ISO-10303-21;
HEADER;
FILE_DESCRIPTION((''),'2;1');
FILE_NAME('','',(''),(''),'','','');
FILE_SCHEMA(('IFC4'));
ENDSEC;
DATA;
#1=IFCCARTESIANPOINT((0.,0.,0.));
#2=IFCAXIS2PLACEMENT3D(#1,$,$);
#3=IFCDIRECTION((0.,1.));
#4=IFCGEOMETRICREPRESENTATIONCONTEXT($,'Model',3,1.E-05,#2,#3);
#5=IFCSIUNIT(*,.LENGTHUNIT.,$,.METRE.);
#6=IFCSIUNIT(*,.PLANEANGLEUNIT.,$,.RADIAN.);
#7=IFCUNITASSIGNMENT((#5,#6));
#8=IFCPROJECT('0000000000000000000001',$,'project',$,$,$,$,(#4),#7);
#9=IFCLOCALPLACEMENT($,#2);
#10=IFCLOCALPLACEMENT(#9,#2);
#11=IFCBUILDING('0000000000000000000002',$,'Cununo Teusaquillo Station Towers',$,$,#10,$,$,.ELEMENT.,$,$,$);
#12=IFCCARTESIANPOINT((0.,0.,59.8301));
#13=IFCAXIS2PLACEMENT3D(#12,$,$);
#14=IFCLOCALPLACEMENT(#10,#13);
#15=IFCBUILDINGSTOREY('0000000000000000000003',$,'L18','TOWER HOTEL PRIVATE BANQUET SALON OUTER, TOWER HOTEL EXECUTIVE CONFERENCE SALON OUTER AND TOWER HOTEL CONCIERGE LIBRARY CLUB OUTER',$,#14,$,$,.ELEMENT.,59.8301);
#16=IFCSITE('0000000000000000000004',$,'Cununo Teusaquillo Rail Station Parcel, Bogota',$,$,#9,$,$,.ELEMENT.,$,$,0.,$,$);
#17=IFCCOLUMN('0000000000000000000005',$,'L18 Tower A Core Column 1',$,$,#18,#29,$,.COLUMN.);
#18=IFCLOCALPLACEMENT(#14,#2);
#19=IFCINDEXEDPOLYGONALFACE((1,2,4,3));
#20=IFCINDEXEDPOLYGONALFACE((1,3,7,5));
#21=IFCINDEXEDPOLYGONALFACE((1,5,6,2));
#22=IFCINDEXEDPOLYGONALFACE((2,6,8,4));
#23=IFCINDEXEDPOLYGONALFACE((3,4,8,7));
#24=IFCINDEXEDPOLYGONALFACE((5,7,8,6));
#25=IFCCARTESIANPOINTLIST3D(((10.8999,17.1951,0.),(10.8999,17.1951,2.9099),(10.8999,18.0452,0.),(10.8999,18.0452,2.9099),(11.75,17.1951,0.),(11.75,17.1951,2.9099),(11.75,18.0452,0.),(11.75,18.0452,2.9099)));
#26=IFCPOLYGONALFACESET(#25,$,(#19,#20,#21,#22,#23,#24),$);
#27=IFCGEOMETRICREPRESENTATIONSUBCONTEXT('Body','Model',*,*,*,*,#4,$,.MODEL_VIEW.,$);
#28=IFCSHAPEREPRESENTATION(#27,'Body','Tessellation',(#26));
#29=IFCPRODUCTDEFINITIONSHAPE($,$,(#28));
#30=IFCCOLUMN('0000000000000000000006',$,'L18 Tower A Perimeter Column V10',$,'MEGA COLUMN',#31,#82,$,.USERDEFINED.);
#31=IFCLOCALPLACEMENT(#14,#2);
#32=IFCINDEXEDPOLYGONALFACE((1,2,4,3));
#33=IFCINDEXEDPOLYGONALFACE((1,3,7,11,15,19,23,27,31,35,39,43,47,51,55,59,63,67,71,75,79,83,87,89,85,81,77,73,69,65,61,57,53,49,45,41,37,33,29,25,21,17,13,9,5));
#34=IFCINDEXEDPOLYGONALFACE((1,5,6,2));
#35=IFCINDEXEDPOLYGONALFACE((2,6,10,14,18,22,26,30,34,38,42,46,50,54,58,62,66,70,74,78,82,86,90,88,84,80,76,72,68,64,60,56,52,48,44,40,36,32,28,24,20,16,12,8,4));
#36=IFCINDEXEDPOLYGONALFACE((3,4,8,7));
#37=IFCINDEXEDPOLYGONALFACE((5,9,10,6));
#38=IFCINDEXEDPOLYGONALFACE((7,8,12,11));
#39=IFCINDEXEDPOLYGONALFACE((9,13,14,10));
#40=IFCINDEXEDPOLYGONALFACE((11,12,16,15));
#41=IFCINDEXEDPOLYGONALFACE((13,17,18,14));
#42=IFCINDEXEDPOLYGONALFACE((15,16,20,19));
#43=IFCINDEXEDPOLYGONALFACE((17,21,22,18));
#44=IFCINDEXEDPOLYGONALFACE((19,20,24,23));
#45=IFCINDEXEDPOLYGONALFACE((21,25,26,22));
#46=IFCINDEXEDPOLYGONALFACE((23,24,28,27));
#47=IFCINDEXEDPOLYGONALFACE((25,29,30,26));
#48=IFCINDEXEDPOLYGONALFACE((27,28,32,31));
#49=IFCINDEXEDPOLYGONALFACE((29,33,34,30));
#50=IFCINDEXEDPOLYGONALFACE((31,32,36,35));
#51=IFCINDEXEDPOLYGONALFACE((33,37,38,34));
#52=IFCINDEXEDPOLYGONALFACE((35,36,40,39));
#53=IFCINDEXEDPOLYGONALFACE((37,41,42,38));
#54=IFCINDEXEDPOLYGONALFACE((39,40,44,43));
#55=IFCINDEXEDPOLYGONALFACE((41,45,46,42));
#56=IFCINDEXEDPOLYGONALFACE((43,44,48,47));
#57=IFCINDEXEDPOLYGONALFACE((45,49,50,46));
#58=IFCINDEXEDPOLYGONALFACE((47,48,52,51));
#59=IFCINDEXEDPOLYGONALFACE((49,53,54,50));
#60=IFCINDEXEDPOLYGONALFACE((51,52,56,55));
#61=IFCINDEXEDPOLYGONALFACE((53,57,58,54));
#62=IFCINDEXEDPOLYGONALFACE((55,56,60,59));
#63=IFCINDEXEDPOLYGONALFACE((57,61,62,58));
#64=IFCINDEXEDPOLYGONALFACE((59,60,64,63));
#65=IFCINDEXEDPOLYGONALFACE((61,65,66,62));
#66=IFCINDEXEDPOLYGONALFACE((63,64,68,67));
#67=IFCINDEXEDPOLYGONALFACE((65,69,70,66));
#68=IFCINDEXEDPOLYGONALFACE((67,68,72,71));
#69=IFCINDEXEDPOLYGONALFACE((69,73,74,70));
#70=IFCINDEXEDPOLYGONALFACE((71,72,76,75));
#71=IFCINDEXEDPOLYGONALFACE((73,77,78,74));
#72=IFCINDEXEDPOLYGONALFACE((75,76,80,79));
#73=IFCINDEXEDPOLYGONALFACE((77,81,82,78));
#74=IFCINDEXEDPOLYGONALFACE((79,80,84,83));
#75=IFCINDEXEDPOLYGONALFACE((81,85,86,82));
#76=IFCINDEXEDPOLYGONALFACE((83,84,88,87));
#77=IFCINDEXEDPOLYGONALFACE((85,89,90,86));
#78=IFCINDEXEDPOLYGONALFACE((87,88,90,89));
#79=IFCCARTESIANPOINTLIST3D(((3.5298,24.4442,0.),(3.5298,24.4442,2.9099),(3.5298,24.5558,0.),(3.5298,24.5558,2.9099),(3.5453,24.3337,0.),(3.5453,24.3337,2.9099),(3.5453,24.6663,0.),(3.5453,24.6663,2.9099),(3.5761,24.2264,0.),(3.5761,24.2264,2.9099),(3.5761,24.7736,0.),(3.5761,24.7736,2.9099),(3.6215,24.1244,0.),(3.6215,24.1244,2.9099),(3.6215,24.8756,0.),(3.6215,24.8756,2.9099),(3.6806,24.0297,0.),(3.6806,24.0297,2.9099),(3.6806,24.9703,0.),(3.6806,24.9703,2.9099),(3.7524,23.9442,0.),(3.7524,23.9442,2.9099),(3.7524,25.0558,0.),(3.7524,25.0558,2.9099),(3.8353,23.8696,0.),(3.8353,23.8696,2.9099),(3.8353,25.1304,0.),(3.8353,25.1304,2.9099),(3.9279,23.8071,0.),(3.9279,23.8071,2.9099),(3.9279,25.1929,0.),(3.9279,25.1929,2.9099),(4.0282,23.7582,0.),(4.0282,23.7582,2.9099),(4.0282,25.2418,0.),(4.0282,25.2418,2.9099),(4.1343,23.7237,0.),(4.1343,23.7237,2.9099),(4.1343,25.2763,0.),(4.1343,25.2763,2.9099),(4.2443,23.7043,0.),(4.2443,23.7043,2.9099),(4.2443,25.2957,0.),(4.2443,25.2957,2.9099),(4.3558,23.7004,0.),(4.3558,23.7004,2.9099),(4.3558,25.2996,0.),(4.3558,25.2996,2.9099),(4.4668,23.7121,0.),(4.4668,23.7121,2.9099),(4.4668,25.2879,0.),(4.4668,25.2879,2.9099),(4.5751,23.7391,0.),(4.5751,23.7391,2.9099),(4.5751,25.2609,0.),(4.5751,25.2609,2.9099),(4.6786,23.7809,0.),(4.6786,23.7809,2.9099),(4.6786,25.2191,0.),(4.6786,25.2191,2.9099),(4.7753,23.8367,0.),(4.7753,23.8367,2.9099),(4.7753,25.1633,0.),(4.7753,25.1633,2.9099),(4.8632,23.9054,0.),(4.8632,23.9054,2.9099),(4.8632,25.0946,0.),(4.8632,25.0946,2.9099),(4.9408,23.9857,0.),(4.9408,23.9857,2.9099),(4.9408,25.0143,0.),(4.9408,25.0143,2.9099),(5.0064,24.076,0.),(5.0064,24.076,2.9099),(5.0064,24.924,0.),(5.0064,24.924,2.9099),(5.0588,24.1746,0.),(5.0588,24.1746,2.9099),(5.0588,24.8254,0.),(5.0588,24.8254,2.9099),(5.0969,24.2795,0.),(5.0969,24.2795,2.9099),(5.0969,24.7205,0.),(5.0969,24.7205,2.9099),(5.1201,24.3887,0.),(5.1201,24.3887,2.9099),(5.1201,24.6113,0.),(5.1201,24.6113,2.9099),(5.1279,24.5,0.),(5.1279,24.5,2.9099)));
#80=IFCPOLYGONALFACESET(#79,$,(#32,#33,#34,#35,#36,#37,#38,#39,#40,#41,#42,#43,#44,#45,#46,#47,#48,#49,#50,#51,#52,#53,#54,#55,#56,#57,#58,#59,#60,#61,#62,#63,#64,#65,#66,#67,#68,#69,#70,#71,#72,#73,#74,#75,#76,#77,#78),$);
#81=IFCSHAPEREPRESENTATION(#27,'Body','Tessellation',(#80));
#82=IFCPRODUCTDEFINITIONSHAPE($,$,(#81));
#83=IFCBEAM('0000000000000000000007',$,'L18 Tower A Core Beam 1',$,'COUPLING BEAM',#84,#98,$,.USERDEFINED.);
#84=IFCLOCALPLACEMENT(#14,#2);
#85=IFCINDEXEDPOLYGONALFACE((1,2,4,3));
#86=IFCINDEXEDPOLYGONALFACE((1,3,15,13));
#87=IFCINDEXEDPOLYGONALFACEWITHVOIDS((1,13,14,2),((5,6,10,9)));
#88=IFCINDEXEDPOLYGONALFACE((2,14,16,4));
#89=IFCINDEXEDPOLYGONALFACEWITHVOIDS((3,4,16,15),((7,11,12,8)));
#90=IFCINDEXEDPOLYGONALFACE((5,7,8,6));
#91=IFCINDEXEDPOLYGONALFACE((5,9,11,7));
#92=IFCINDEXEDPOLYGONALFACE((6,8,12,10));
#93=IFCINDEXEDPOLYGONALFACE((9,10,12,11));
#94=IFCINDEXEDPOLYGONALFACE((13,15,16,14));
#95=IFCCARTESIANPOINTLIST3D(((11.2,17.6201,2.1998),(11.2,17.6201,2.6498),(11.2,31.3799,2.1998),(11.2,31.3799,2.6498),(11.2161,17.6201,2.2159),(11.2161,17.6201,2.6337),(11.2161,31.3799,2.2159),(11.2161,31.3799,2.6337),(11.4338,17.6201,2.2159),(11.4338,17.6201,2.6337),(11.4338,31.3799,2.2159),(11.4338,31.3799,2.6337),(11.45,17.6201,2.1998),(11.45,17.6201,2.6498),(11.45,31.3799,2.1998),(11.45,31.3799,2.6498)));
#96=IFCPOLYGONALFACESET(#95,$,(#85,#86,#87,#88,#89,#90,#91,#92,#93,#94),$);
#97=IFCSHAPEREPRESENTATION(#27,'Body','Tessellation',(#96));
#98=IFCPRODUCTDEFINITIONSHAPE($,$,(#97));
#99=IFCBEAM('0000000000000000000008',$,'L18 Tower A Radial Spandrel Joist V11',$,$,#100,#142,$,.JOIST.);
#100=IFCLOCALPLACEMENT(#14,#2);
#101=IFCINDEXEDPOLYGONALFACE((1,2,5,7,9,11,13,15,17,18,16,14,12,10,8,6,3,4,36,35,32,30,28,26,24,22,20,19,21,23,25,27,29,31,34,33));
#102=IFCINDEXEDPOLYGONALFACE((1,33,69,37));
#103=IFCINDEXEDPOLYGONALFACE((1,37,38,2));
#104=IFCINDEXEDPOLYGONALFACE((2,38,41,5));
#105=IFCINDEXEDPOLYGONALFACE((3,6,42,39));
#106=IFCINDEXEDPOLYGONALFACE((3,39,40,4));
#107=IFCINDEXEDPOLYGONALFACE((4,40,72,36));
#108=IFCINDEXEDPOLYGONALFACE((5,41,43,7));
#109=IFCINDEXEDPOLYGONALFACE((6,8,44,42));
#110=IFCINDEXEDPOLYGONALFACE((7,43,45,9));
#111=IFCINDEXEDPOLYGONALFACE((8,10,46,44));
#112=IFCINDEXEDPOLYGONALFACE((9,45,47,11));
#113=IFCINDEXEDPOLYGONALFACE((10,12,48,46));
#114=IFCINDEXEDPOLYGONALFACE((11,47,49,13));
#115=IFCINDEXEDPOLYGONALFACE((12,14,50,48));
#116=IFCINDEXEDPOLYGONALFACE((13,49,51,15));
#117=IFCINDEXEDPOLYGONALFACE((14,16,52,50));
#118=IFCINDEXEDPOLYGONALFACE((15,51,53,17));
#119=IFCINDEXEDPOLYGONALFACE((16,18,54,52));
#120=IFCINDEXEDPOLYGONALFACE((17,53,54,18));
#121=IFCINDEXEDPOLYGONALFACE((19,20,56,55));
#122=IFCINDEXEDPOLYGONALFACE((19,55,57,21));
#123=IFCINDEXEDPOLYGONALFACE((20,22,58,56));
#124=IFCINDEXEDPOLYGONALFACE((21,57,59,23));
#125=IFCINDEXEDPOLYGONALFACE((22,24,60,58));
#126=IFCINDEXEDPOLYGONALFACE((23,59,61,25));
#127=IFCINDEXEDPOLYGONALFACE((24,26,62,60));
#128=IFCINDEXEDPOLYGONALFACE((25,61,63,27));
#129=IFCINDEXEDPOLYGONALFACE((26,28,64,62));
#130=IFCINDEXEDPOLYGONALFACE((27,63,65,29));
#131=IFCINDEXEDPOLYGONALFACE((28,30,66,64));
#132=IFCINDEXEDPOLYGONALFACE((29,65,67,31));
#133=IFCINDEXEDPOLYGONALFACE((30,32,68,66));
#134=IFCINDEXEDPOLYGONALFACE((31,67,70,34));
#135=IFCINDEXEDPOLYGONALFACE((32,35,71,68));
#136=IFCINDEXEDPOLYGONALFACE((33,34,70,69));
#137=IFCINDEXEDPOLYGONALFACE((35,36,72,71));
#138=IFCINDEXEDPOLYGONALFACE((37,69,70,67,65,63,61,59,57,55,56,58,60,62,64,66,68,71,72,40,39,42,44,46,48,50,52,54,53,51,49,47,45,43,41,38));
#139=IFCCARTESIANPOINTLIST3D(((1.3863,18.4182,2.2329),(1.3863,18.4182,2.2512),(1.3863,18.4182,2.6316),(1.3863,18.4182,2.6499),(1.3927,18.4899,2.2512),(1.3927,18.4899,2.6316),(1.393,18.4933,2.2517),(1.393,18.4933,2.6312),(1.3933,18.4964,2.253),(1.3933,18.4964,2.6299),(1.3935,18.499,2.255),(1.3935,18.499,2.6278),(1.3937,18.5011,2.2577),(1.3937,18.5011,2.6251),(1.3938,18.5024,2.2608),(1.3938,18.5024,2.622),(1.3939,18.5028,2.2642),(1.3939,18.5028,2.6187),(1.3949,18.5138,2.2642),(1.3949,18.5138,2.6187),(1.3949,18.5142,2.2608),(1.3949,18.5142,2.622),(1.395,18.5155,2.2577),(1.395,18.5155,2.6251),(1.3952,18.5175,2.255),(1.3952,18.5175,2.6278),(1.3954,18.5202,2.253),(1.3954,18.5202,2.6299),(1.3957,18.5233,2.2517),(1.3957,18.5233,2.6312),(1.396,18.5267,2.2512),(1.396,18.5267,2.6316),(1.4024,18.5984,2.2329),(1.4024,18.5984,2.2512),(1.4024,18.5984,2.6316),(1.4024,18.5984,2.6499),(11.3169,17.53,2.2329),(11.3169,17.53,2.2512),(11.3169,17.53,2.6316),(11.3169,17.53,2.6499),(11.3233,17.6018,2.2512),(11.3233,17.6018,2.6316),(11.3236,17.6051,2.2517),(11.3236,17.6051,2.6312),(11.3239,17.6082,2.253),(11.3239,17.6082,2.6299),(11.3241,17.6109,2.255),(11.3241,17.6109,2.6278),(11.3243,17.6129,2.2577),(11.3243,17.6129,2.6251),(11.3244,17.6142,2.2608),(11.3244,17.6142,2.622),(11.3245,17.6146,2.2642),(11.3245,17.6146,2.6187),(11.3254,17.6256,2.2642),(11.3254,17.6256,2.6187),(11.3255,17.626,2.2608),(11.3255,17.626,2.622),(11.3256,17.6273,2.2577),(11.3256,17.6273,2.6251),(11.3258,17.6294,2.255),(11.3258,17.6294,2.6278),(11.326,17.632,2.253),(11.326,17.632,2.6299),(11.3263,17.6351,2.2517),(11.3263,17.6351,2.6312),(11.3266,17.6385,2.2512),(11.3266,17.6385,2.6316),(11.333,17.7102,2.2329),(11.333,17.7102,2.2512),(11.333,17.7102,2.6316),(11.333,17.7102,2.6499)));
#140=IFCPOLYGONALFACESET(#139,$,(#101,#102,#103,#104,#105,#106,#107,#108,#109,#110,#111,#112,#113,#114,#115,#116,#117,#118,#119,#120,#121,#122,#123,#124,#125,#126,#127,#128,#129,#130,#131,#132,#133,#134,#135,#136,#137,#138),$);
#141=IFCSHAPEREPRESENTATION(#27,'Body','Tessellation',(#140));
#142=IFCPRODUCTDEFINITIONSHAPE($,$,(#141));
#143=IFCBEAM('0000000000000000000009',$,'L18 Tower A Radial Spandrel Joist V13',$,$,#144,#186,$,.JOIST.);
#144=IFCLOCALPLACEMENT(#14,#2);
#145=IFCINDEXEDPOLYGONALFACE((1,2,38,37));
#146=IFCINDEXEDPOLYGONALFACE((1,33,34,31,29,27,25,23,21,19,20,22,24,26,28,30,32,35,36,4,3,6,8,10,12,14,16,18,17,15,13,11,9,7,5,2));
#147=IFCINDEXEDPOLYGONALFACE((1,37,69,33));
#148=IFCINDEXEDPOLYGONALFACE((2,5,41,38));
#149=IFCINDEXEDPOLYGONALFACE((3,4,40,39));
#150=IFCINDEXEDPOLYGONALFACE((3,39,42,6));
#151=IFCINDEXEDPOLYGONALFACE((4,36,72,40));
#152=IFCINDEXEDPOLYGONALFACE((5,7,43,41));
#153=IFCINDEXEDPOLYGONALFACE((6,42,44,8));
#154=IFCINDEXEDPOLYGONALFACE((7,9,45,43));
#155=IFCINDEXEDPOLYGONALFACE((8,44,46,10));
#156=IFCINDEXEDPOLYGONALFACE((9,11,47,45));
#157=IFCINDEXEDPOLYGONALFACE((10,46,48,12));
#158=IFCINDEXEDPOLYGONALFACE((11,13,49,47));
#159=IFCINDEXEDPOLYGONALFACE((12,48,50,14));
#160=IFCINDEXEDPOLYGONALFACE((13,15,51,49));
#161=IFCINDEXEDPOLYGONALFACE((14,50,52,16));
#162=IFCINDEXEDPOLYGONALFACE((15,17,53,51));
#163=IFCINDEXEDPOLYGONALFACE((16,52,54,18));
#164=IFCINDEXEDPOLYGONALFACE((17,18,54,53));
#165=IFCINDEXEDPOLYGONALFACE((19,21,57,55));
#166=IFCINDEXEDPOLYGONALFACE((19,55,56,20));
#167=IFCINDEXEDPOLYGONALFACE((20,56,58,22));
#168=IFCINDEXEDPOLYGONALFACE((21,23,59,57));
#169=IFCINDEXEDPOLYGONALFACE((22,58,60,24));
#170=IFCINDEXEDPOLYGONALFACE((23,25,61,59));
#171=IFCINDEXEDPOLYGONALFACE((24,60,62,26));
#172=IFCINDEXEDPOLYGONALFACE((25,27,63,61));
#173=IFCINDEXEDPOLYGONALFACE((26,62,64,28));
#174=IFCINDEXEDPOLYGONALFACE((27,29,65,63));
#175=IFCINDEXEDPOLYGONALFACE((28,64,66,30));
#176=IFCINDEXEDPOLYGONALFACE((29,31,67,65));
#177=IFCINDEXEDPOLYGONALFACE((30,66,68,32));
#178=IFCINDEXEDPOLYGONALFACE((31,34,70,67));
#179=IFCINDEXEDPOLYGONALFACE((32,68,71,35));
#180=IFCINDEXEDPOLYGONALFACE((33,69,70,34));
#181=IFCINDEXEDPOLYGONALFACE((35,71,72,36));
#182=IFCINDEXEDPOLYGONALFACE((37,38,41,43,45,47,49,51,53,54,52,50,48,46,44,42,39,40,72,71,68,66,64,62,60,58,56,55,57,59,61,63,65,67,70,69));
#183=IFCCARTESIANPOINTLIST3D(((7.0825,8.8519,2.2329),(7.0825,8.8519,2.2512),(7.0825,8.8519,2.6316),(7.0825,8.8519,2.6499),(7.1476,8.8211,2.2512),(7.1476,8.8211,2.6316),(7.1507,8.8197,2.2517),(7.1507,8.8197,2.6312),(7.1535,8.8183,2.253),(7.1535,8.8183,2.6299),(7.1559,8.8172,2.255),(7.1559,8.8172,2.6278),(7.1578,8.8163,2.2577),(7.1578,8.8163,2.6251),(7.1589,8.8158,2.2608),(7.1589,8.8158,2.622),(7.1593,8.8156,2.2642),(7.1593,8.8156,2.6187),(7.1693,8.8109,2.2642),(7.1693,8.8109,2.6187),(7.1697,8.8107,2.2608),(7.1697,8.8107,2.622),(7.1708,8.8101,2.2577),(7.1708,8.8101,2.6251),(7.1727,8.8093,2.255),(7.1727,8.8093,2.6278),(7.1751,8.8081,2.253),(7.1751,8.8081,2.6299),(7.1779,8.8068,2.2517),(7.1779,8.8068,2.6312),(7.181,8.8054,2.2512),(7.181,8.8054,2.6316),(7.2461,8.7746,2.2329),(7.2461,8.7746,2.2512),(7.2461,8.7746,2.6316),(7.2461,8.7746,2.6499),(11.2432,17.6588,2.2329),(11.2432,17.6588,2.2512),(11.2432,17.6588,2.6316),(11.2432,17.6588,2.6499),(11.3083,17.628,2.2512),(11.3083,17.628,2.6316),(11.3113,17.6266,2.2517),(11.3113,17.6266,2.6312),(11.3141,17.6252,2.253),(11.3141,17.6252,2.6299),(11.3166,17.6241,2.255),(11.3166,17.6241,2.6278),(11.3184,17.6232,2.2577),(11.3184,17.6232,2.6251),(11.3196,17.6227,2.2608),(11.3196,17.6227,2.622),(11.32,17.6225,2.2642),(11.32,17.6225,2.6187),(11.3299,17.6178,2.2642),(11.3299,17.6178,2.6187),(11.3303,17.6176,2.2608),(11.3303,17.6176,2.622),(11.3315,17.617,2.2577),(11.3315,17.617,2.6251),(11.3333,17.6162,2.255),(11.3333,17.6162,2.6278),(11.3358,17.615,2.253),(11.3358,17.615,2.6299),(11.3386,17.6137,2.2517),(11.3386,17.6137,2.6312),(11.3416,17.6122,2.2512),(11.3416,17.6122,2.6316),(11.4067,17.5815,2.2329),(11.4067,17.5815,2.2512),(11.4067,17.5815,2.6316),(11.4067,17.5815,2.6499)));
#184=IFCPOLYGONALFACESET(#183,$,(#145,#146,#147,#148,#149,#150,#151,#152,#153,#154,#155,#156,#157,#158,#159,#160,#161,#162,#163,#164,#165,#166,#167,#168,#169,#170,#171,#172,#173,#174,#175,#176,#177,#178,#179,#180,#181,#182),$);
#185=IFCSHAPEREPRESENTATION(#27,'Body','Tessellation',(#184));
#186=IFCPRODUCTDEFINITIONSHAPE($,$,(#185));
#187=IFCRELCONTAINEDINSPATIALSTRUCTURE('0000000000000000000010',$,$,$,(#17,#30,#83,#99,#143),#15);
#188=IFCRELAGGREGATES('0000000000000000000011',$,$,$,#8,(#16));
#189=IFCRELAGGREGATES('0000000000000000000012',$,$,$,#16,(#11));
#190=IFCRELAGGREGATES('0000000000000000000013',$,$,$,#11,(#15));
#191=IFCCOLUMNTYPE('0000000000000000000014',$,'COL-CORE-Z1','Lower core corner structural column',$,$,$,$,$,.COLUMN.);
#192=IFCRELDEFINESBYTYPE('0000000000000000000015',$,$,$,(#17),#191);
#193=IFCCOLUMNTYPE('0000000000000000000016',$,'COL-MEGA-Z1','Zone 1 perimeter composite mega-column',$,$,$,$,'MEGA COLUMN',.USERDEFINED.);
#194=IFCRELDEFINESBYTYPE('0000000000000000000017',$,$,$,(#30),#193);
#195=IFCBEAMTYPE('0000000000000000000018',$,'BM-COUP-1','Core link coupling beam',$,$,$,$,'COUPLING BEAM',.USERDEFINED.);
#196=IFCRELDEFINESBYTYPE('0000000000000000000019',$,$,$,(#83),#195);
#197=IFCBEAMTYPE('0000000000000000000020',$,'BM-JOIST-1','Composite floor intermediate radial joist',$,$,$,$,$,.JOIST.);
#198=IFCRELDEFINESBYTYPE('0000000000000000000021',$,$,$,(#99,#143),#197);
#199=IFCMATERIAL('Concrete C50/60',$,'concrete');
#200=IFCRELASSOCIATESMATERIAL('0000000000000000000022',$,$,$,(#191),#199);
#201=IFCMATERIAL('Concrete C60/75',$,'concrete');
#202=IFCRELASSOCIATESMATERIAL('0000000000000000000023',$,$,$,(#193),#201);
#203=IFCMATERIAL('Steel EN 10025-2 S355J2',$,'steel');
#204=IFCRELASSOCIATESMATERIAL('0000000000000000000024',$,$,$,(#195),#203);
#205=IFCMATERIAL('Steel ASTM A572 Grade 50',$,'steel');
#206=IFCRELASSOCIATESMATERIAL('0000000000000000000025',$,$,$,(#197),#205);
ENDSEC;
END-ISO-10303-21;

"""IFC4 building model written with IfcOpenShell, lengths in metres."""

from ifc_helpers import new_model, si_unit, direction, frame, origin, origin_2d, place, context, subcontext, project, spatial, rectangle, hollow_rectangle, circle, i_section, extrude, material, material_profile, profile_set, type_object, element, save


model = new_model("IFC4")

# Units and contexts
model_context = context("Model", 3, precision=1e-05, world=origin(), true_north=direction((0.0, 1.0)))
body_context = subcontext(model_context, "Body", "Model", "MODEL_VIEW")
ifc_project = project(units=[si_unit("LENGTHUNIT", "METRE"), si_unit("PLANEANGLEUNIT", "RADIAN")], contexts=[model_context])

# Site, building, storey
site_placement = place(None, origin())
site = spatial("IfcSite", under=ifc_project, at=site_placement, Name="Cununo Teusaquillo Rail Station Parcel, Bogota", CompositionType="ELEMENT", RefElevation=0.0)
building_placement = place(site_placement, origin())
building = spatial("IfcBuilding", under=site, at=building_placement, Name="Cununo Teusaquillo Station Towers", CompositionType="ELEMENT")
storey_placement = place(building_placement, frame((0.0, 0.0, 59.8301)))
storey = spatial("IfcBuildingStorey", under=building, at=storey_placement, Name="L18", Description="TOWER HOTEL PRIVATE BANQUET SALON OUTER, TOWER HOTEL EXECUTIVE CONFERENCE SALON OUTER AND TOWER HOTEL CONCIERGE LIBRARY CLUB OUTER", CompositionType="ELEMENT", Elevation=59.8301)

# Columns
ifc_material_1 = material(Name="Concrete C50/60", Category="concrete")
ifc_material_profile_1 = material_profile(ifc_material_1, rectangle(XDim=0.8501, YDim=0.8501, at=origin_2d()), Name="RC-RECT-850x850")
ifc_profile_set_1 = profile_set([ifc_material_profile_1], Name="Concrete C50/60")
column_type_1 = type_object("IfcColumnType", Name="COL-CORE-Z1", Description="Lower core corner structural column", PredefinedType="COLUMN", material=ifc_profile_set_1)
column_1_placement = place(storey_placement, frame((11.325, 17.6201, 0.0), z_axis=(0.0, 0.0, 1.0), x_axis=(1.0, 0.0, 0.0)))
element("IfcColumn", 1, at=column_1_placement, inside=storey, type_object=column_type_1, Name="L18 Tower A Core Column 1", PredefinedType="COLUMN", context=body_context, shape_type="SweptSolid", body=[
    extrude(rectangle(XDim=0.8501, YDim=0.8501, at=origin_2d()), origin(), (0.0, 0.0, 1.0), 2.9099),
])
ifc_material_2 = material(Name="Concrete C60/75", Category="concrete")
ifc_material_profile_2 = material_profile(ifc_material_2, circle(Radius=0.8, at=origin_2d()), Name="RC-CIRC-1600")
ifc_profile_set_2 = profile_set([ifc_material_profile_2], Name="Concrete C60/75")
column_type_2 = type_object("IfcColumnType", Name="COL-MEGA-Z1", Description="Zone 1 perimeter composite mega-column", ElementType="MEGA COLUMN", PredefinedType="USERDEFINED", material=ifc_profile_set_2)
column_2_placement = place(storey_placement, frame((4.3279, 24.5, 0.0), z_axis=(0.0, 0.0, 1.0), x_axis=(1.0, 0.0, 0.0)))
element("IfcColumn", 2, at=column_2_placement, inside=storey, type_object=column_type_2, Name="L18 Tower A Perimeter Column V10", ObjectType="MEGA COLUMN", PredefinedType="USERDEFINED", context=body_context, shape_type="SweptSolid", body=[
    extrude(circle(Radius=0.8, at=origin_2d()), origin(), (0.0, 0.0, 1.0), 2.9099),
])

# Beams
ifc_material_3 = material(Name="Steel EN 10025-2 S355J2", Category="steel")
ifc_material_profile_3 = material_profile(ifc_material_3, hollow_rectangle(XDim=0.25, YDim=0.45, WallThickness=0.0161, at=origin_2d()), Name="RHS 450x250x16")
ifc_profile_set_3 = profile_set([ifc_material_profile_3], Name="Steel EN 10025-2 S355J2")
beam_type_1 = type_object("IfcBeamType", Name="BM-COUP-1", Description="Core link coupling beam", ElementType="COUPLING BEAM", PredefinedType="USERDEFINED", material=ifc_profile_set_3)
beam_1_placement = place(storey_placement, frame((11.325, 17.6201, 2.4248), z_axis=(0.0, 1.0, 0.0), x_axis=(-1.0, 0.0, 0.0)))
element("IfcBeam", 3, at=beam_1_placement, inside=storey, type_object=beam_type_1, Name="L18 Tower A Core Beam 1", ObjectType="COUPLING BEAM", PredefinedType="USERDEFINED", context=body_context, shape_type="SweptSolid", body=[
    extrude(hollow_rectangle(XDim=0.25, YDim=0.45, WallThickness=0.0161, at=origin_2d()), origin(), (0.0, 0.0, 1.0), 13.7598),
])
ifc_material_4 = material(Name="Steel ASTM A572 Grade 50", Category="steel")
ifc_material_profile_4 = material_profile(ifc_material_4, i_section(OverallWidth=0.1809, OverallDepth=0.417, WebThickness=0.011, FlangeThickness=0.0183, FilletRadius=0.0129, at=origin_2d()), Name="W16X57")
ifc_profile_set_4 = profile_set([ifc_material_profile_4], Name="Steel ASTM A572 Grade 50")
beam_type_2 = type_object("IfcBeamType", Name="BM-JOIST-1", Description="Composite floor intermediate radial joist", PredefinedType="JOIST", material=ifc_profile_set_4)
beam_2_placement = place(storey_placement, frame((11.325, 17.6201, 2.4414), z_axis=(-0.996024, 0.089083, 0.0), x_axis=(-0.089083, -0.996024, 0.0)))
element("IfcBeam", 4, at=beam_2_placement, inside=storey, type_object=beam_type_2, Name="L18 Tower A Radial Spandrel Joist V11", PredefinedType="JOIST", context=body_context, shape_type="SweptSolid", body=[
    extrude(i_section(OverallWidth=0.1809, OverallDepth=0.417, WebThickness=0.011, FlangeThickness=0.0183, FilletRadius=0.0129, at=origin_2d()), origin(), (0.0, 0.0, 1.0), 9.9702),
])
beam_3_placement = place(storey_placement, frame((11.325, 17.6201, 2.4414), z_axis=(-0.427161, -0.904176, 0.0), x_axis=(0.904176, -0.427161, 0.0)))
element("IfcBeam", 5, at=beam_3_placement, inside=storey, type_object=beam_type_2, Name="L18 Tower A Radial Spandrel Joist V13", PredefinedType="JOIST", context=body_context, shape_type="SweptSolid", body=[
    extrude(i_section(OverallWidth=0.1809, OverallDepth=0.417, WebThickness=0.011, FlangeThickness=0.0183, FilletRadius=0.0129, at=origin_2d()), origin(), (0.0, 0.0, 1.0), 9.7402),
])

save(model, "model.ifc")
